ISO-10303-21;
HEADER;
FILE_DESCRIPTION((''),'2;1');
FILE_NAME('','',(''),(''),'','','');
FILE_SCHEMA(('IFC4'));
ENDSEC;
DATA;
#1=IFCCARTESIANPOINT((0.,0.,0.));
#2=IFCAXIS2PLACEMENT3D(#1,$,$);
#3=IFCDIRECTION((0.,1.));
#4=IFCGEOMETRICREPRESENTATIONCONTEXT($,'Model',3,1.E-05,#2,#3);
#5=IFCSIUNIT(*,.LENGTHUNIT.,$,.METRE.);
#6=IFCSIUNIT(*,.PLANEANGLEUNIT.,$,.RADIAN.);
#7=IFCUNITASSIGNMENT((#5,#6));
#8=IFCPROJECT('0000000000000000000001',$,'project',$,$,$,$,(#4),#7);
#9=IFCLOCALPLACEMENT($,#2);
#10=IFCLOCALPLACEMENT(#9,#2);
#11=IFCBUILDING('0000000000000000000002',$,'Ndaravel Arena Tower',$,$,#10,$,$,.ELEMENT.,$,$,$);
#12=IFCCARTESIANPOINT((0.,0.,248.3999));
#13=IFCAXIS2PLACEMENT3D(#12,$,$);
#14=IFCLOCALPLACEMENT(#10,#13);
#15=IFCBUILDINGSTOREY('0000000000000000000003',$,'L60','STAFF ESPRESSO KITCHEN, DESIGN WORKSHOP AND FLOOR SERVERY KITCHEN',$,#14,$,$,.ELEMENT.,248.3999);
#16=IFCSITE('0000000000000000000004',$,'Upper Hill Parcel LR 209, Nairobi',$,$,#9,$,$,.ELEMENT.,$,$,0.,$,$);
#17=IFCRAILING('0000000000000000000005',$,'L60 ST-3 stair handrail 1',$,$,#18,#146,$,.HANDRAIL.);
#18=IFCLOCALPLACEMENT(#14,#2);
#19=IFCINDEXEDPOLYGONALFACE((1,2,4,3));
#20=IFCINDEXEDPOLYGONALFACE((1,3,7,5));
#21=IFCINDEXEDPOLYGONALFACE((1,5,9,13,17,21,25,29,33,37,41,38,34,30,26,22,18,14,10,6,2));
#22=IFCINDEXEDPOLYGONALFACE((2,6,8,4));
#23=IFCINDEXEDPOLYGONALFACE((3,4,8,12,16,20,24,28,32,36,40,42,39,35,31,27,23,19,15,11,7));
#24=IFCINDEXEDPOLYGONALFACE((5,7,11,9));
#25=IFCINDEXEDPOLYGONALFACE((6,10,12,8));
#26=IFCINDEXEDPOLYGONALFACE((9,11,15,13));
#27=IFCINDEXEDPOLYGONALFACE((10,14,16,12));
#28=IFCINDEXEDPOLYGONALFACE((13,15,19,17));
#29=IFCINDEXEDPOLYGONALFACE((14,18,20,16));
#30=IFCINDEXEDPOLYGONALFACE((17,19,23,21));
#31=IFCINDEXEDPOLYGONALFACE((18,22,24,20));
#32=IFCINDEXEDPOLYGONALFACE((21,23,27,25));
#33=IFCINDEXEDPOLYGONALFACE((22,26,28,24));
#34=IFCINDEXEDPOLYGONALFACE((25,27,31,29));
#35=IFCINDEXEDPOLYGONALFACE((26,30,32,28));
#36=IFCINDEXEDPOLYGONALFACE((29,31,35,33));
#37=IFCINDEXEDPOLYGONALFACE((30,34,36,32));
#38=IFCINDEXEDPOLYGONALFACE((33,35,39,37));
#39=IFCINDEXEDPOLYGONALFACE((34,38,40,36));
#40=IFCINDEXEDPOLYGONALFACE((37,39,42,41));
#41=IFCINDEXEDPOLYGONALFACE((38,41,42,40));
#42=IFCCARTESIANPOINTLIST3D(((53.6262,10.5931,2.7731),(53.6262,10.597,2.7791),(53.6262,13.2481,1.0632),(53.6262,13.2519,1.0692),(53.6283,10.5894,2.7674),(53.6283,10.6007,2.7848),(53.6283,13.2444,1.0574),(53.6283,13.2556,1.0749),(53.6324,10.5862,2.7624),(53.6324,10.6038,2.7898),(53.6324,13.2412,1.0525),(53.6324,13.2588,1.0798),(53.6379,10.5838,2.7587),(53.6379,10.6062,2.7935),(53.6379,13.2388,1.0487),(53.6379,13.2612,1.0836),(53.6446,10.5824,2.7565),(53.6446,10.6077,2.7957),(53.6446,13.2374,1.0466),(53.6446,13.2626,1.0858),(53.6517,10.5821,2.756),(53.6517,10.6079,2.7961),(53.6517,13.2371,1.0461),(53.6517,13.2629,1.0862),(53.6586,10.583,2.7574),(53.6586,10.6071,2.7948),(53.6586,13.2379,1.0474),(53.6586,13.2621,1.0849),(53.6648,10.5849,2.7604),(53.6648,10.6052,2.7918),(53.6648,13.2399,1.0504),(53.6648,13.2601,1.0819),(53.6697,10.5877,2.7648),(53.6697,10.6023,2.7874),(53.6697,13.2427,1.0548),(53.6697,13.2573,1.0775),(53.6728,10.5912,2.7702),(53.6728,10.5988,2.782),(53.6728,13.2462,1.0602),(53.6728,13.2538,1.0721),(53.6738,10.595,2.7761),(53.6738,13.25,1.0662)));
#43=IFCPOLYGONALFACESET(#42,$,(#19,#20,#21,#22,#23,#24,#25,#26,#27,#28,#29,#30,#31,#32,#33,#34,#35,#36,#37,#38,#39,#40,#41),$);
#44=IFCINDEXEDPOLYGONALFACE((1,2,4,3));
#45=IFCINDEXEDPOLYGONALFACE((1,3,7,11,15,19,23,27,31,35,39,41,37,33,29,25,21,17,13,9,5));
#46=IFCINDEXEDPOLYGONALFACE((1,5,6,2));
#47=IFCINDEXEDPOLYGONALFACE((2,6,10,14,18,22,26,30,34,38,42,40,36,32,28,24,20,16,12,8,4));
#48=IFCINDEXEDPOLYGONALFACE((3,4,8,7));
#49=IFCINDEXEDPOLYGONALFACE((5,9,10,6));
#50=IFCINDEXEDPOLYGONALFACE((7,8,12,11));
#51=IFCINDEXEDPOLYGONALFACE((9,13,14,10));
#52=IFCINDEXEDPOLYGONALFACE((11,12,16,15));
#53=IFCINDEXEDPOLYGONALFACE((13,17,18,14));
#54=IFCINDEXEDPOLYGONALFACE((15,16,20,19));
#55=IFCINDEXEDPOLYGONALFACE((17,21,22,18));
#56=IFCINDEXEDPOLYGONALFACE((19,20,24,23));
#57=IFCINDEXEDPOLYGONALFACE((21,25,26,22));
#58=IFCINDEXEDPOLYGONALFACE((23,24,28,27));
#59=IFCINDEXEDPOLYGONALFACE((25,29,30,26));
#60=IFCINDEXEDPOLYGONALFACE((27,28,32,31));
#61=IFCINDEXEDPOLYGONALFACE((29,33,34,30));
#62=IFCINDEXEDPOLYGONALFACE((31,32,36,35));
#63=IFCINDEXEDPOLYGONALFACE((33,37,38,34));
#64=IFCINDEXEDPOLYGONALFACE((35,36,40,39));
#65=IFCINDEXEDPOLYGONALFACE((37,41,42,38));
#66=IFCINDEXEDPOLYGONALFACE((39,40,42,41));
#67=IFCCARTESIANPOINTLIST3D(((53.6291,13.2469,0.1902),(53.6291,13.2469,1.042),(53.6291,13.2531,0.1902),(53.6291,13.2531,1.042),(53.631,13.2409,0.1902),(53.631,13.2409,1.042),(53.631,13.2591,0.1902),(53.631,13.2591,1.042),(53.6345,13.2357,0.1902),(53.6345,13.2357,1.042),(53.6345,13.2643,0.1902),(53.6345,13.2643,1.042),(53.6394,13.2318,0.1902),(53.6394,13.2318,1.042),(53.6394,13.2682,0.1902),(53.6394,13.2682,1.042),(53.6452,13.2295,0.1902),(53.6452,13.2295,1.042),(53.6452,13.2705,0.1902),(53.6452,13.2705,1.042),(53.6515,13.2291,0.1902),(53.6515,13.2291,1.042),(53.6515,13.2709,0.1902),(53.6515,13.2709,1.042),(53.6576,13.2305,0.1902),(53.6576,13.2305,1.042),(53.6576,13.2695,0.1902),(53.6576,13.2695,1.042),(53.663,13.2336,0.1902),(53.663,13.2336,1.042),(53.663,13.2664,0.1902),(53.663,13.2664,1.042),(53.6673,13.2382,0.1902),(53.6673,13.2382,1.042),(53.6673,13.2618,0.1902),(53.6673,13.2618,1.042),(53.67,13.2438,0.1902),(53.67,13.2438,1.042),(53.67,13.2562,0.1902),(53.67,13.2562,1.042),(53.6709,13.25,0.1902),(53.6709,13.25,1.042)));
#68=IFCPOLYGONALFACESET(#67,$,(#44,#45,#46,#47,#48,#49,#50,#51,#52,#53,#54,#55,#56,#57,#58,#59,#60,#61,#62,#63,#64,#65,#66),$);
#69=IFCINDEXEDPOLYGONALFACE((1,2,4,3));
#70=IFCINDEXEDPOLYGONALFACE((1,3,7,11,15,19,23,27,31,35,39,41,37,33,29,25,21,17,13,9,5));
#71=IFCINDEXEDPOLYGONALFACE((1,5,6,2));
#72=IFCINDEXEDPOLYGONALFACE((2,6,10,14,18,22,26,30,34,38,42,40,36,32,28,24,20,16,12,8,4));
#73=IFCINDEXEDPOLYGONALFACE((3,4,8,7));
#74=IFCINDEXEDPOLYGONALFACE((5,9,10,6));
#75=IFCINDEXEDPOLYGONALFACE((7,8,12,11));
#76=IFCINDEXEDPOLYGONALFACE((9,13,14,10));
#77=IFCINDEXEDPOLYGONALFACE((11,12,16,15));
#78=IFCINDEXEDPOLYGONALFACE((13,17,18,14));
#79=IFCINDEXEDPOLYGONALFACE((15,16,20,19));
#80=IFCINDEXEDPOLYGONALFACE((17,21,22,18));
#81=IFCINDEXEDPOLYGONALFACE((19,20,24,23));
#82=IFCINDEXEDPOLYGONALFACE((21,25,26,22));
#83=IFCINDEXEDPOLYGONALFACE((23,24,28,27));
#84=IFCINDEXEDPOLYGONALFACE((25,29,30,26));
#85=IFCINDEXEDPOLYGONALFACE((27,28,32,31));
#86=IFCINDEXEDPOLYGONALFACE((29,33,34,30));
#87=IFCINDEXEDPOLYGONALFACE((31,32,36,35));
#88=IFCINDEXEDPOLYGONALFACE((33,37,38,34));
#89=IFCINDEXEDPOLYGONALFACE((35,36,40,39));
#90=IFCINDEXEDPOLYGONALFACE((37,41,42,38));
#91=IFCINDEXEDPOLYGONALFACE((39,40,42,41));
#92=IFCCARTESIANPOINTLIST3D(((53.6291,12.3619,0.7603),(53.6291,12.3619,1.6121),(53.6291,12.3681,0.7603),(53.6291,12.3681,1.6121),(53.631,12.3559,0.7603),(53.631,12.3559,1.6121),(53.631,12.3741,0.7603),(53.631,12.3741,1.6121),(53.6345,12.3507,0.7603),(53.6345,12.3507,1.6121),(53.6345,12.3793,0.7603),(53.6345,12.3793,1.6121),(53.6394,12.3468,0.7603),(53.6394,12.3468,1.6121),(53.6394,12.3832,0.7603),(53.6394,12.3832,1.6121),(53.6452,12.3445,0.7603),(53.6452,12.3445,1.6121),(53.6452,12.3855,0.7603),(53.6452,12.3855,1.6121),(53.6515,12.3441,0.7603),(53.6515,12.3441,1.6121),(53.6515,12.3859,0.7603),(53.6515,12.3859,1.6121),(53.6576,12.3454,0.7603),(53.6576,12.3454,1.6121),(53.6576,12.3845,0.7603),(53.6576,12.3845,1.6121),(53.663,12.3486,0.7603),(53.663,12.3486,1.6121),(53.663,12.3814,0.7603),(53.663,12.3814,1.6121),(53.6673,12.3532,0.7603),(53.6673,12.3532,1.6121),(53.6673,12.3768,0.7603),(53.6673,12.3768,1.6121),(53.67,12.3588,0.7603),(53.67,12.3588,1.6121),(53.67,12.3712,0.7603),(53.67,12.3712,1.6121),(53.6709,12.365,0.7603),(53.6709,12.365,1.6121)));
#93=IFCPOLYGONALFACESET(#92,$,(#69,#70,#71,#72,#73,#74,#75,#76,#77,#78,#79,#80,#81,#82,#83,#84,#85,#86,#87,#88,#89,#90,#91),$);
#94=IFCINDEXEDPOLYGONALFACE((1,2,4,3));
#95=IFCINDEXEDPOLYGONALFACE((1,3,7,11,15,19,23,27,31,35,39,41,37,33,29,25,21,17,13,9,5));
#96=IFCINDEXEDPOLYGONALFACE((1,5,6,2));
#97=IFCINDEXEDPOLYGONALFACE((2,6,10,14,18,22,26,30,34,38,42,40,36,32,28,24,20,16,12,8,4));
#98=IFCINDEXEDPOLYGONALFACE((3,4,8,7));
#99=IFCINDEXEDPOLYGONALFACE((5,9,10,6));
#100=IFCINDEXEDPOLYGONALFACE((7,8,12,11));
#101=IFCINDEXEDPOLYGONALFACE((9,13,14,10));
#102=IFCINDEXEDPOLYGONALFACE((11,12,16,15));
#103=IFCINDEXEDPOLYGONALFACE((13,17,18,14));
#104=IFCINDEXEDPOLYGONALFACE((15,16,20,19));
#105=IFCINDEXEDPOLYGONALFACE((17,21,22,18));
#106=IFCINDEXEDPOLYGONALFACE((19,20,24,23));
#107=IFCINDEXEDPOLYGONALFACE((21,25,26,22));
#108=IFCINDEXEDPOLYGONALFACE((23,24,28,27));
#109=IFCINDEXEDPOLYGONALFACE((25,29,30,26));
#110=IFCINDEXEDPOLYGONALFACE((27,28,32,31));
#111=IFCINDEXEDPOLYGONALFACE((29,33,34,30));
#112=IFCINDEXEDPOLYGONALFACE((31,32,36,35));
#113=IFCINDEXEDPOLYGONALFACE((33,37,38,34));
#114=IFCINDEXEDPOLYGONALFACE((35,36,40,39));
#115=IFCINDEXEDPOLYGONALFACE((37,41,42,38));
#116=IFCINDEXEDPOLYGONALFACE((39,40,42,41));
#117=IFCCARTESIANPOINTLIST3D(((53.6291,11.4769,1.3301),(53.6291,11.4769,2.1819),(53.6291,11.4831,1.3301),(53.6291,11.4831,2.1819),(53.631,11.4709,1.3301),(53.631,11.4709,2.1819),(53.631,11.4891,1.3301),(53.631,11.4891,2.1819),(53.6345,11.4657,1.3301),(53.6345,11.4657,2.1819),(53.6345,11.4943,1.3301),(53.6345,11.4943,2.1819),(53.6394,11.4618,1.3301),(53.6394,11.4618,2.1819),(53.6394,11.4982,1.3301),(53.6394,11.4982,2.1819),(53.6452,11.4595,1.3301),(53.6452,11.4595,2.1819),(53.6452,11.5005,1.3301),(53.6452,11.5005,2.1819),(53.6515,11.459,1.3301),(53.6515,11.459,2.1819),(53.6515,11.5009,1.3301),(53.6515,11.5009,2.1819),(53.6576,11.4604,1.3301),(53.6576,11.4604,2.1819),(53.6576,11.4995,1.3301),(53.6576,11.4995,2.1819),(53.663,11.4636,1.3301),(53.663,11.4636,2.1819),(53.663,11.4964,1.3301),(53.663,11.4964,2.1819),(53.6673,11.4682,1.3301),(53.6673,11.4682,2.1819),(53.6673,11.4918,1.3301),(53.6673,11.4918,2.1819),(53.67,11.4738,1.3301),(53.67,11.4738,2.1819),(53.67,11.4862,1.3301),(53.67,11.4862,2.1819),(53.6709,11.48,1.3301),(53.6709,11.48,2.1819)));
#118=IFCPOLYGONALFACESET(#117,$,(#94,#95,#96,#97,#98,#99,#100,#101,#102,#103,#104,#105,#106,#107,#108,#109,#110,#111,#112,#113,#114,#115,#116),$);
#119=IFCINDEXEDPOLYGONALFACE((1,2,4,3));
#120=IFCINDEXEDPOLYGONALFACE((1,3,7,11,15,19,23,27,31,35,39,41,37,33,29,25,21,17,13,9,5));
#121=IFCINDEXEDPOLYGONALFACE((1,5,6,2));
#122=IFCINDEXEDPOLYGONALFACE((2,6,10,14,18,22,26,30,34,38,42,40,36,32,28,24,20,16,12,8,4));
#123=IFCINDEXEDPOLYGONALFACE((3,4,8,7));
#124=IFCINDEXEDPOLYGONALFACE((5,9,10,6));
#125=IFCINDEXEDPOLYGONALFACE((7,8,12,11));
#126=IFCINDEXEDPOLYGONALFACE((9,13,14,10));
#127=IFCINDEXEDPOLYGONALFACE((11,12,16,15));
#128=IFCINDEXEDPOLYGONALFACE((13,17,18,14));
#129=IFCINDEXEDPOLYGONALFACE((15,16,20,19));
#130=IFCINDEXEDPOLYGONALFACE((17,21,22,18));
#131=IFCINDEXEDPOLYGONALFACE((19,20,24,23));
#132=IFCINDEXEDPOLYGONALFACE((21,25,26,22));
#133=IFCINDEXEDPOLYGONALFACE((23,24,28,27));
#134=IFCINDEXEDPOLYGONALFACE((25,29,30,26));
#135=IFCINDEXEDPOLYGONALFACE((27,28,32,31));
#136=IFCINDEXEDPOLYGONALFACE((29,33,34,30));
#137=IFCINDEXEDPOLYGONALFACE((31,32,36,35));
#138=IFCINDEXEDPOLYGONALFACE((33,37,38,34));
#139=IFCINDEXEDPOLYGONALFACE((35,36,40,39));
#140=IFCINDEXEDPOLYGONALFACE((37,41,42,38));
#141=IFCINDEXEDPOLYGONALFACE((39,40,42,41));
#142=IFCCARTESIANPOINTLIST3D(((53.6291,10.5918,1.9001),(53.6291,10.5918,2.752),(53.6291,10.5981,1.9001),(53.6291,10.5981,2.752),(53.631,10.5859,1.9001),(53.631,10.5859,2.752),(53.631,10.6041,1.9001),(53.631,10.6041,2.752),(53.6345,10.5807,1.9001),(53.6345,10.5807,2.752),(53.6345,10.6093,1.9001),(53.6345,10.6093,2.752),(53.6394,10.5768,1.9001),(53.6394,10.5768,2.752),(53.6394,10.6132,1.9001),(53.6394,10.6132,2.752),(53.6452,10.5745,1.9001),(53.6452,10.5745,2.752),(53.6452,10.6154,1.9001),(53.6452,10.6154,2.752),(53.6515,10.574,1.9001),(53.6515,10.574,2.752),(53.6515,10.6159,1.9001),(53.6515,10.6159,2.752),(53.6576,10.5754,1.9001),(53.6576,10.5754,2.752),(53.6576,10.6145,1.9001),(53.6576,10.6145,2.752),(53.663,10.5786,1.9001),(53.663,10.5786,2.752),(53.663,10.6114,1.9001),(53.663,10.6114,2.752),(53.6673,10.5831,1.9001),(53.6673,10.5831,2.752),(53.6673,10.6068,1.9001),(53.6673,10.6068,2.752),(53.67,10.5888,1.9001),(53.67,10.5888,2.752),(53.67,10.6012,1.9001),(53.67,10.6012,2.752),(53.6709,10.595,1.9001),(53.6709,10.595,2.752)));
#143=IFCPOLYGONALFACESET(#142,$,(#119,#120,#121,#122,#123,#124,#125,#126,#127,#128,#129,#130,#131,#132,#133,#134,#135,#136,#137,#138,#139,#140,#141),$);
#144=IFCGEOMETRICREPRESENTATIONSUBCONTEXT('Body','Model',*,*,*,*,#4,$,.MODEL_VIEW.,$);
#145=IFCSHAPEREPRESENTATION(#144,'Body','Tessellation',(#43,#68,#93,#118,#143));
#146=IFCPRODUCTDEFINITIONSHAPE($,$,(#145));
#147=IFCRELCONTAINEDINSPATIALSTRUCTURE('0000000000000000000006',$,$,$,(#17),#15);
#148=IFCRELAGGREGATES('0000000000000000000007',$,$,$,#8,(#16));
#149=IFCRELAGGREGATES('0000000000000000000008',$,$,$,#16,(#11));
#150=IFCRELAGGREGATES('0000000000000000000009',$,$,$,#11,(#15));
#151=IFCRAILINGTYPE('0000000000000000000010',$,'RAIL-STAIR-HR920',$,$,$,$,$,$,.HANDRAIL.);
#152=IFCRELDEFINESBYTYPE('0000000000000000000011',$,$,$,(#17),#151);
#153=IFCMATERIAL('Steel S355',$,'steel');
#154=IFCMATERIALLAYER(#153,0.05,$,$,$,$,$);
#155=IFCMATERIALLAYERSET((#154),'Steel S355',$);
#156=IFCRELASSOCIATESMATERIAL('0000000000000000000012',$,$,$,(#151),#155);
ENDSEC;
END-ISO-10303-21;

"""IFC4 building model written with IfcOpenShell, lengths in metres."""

from ifc_helpers import new_model, si_unit, direction, frame, origin, origin_2d, place, context, subcontext, project, spatial, circle, extrude, material, layer, layer_set, type_object, element, save


model = new_model("IFC4")

# Units and contexts
model_context = context("Model", 3, precision=1e-05, world=origin(), true_north=direction((0.0, 1.0)))
body_context = subcontext(model_context, "Body", "Model", "MODEL_VIEW")
ifc_project = project(units=[si_unit("LENGTHUNIT", "METRE"), si_unit("PLANEANGLEUNIT", "RADIAN")], contexts=[model_context])

# Site, building, storey
site_placement = place(None, origin())
site = spatial("IfcSite", under=ifc_project, at=site_placement, Name="Upper Hill Parcel LR 209, Nairobi", CompositionType="ELEMENT", RefElevation=0.0)
building_placement = place(site_placement, origin())
building = spatial("IfcBuilding", under=site, at=building_placement, Name="Ndaravel Arena Tower", CompositionType="ELEMENT")
storey_placement = place(building_placement, frame((0.0, 0.0, 248.3999)))
storey = spatial("IfcBuildingStorey", under=building, at=storey_placement, Name="L60", Description="STAFF ESPRESSO KITCHEN, DESIGN WORKSHOP AND FLOOR SERVERY KITCHEN", CompositionType="ELEMENT", Elevation=248.3999)

# Railing
ifc_material_1 = material(Name="Steel S355", Category="steel")
ifc_layer_1 = layer(ifc_material_1, 0.05)
ifc_layer_set_1 = layer_set([ifc_layer_1], Name="Steel S355")
railing_type_1 = type_object("IfcRailingType", Name="RAIL-STAIR-HR920", PredefinedType="HANDRAIL", material=ifc_layer_set_1)
railing_1_placement = place(storey_placement, frame((53.6499, 13.25, 0.1902)))
element("IfcRailing", 1, at=railing_1_placement, inside=storey, type_object=railing_type_1, Name="L60 ST-3 stair handrail 1", PredefinedType="HANDRAIL", context=body_context, shape_type="SweptSolid", body=[
    extrude(circle(Radius=0.0239, at=origin_2d()), frame((0.0, 0.0, 0.876), z_axis=(0.0, -0.840724, 0.541465), x_axis=(1.0, 0.0, 0.0)), (0.0, 0.0, 1.0), 3.158),
    extrude(circle(Radius=0.021, at=origin_2d()), origin(), (0.0, 0.0, 1.0), 0.8518),
    extrude(circle(Radius=0.021, at=origin_2d()), frame((0.0, -0.885, 0.5701)), (0.0, 0.0, 1.0), 0.8518),
    extrude(circle(Radius=0.021, at=origin_2d()), frame((0.0, -1.77, 1.1399)), (0.0, 0.0, 1.0), 0.8518),
    extrude(circle(Radius=0.021, at=origin_2d()), frame((0.0, -2.655, 1.71)), (0.0, 0.0, 1.0), 0.8518),
])

save(model, "model.ifc")
